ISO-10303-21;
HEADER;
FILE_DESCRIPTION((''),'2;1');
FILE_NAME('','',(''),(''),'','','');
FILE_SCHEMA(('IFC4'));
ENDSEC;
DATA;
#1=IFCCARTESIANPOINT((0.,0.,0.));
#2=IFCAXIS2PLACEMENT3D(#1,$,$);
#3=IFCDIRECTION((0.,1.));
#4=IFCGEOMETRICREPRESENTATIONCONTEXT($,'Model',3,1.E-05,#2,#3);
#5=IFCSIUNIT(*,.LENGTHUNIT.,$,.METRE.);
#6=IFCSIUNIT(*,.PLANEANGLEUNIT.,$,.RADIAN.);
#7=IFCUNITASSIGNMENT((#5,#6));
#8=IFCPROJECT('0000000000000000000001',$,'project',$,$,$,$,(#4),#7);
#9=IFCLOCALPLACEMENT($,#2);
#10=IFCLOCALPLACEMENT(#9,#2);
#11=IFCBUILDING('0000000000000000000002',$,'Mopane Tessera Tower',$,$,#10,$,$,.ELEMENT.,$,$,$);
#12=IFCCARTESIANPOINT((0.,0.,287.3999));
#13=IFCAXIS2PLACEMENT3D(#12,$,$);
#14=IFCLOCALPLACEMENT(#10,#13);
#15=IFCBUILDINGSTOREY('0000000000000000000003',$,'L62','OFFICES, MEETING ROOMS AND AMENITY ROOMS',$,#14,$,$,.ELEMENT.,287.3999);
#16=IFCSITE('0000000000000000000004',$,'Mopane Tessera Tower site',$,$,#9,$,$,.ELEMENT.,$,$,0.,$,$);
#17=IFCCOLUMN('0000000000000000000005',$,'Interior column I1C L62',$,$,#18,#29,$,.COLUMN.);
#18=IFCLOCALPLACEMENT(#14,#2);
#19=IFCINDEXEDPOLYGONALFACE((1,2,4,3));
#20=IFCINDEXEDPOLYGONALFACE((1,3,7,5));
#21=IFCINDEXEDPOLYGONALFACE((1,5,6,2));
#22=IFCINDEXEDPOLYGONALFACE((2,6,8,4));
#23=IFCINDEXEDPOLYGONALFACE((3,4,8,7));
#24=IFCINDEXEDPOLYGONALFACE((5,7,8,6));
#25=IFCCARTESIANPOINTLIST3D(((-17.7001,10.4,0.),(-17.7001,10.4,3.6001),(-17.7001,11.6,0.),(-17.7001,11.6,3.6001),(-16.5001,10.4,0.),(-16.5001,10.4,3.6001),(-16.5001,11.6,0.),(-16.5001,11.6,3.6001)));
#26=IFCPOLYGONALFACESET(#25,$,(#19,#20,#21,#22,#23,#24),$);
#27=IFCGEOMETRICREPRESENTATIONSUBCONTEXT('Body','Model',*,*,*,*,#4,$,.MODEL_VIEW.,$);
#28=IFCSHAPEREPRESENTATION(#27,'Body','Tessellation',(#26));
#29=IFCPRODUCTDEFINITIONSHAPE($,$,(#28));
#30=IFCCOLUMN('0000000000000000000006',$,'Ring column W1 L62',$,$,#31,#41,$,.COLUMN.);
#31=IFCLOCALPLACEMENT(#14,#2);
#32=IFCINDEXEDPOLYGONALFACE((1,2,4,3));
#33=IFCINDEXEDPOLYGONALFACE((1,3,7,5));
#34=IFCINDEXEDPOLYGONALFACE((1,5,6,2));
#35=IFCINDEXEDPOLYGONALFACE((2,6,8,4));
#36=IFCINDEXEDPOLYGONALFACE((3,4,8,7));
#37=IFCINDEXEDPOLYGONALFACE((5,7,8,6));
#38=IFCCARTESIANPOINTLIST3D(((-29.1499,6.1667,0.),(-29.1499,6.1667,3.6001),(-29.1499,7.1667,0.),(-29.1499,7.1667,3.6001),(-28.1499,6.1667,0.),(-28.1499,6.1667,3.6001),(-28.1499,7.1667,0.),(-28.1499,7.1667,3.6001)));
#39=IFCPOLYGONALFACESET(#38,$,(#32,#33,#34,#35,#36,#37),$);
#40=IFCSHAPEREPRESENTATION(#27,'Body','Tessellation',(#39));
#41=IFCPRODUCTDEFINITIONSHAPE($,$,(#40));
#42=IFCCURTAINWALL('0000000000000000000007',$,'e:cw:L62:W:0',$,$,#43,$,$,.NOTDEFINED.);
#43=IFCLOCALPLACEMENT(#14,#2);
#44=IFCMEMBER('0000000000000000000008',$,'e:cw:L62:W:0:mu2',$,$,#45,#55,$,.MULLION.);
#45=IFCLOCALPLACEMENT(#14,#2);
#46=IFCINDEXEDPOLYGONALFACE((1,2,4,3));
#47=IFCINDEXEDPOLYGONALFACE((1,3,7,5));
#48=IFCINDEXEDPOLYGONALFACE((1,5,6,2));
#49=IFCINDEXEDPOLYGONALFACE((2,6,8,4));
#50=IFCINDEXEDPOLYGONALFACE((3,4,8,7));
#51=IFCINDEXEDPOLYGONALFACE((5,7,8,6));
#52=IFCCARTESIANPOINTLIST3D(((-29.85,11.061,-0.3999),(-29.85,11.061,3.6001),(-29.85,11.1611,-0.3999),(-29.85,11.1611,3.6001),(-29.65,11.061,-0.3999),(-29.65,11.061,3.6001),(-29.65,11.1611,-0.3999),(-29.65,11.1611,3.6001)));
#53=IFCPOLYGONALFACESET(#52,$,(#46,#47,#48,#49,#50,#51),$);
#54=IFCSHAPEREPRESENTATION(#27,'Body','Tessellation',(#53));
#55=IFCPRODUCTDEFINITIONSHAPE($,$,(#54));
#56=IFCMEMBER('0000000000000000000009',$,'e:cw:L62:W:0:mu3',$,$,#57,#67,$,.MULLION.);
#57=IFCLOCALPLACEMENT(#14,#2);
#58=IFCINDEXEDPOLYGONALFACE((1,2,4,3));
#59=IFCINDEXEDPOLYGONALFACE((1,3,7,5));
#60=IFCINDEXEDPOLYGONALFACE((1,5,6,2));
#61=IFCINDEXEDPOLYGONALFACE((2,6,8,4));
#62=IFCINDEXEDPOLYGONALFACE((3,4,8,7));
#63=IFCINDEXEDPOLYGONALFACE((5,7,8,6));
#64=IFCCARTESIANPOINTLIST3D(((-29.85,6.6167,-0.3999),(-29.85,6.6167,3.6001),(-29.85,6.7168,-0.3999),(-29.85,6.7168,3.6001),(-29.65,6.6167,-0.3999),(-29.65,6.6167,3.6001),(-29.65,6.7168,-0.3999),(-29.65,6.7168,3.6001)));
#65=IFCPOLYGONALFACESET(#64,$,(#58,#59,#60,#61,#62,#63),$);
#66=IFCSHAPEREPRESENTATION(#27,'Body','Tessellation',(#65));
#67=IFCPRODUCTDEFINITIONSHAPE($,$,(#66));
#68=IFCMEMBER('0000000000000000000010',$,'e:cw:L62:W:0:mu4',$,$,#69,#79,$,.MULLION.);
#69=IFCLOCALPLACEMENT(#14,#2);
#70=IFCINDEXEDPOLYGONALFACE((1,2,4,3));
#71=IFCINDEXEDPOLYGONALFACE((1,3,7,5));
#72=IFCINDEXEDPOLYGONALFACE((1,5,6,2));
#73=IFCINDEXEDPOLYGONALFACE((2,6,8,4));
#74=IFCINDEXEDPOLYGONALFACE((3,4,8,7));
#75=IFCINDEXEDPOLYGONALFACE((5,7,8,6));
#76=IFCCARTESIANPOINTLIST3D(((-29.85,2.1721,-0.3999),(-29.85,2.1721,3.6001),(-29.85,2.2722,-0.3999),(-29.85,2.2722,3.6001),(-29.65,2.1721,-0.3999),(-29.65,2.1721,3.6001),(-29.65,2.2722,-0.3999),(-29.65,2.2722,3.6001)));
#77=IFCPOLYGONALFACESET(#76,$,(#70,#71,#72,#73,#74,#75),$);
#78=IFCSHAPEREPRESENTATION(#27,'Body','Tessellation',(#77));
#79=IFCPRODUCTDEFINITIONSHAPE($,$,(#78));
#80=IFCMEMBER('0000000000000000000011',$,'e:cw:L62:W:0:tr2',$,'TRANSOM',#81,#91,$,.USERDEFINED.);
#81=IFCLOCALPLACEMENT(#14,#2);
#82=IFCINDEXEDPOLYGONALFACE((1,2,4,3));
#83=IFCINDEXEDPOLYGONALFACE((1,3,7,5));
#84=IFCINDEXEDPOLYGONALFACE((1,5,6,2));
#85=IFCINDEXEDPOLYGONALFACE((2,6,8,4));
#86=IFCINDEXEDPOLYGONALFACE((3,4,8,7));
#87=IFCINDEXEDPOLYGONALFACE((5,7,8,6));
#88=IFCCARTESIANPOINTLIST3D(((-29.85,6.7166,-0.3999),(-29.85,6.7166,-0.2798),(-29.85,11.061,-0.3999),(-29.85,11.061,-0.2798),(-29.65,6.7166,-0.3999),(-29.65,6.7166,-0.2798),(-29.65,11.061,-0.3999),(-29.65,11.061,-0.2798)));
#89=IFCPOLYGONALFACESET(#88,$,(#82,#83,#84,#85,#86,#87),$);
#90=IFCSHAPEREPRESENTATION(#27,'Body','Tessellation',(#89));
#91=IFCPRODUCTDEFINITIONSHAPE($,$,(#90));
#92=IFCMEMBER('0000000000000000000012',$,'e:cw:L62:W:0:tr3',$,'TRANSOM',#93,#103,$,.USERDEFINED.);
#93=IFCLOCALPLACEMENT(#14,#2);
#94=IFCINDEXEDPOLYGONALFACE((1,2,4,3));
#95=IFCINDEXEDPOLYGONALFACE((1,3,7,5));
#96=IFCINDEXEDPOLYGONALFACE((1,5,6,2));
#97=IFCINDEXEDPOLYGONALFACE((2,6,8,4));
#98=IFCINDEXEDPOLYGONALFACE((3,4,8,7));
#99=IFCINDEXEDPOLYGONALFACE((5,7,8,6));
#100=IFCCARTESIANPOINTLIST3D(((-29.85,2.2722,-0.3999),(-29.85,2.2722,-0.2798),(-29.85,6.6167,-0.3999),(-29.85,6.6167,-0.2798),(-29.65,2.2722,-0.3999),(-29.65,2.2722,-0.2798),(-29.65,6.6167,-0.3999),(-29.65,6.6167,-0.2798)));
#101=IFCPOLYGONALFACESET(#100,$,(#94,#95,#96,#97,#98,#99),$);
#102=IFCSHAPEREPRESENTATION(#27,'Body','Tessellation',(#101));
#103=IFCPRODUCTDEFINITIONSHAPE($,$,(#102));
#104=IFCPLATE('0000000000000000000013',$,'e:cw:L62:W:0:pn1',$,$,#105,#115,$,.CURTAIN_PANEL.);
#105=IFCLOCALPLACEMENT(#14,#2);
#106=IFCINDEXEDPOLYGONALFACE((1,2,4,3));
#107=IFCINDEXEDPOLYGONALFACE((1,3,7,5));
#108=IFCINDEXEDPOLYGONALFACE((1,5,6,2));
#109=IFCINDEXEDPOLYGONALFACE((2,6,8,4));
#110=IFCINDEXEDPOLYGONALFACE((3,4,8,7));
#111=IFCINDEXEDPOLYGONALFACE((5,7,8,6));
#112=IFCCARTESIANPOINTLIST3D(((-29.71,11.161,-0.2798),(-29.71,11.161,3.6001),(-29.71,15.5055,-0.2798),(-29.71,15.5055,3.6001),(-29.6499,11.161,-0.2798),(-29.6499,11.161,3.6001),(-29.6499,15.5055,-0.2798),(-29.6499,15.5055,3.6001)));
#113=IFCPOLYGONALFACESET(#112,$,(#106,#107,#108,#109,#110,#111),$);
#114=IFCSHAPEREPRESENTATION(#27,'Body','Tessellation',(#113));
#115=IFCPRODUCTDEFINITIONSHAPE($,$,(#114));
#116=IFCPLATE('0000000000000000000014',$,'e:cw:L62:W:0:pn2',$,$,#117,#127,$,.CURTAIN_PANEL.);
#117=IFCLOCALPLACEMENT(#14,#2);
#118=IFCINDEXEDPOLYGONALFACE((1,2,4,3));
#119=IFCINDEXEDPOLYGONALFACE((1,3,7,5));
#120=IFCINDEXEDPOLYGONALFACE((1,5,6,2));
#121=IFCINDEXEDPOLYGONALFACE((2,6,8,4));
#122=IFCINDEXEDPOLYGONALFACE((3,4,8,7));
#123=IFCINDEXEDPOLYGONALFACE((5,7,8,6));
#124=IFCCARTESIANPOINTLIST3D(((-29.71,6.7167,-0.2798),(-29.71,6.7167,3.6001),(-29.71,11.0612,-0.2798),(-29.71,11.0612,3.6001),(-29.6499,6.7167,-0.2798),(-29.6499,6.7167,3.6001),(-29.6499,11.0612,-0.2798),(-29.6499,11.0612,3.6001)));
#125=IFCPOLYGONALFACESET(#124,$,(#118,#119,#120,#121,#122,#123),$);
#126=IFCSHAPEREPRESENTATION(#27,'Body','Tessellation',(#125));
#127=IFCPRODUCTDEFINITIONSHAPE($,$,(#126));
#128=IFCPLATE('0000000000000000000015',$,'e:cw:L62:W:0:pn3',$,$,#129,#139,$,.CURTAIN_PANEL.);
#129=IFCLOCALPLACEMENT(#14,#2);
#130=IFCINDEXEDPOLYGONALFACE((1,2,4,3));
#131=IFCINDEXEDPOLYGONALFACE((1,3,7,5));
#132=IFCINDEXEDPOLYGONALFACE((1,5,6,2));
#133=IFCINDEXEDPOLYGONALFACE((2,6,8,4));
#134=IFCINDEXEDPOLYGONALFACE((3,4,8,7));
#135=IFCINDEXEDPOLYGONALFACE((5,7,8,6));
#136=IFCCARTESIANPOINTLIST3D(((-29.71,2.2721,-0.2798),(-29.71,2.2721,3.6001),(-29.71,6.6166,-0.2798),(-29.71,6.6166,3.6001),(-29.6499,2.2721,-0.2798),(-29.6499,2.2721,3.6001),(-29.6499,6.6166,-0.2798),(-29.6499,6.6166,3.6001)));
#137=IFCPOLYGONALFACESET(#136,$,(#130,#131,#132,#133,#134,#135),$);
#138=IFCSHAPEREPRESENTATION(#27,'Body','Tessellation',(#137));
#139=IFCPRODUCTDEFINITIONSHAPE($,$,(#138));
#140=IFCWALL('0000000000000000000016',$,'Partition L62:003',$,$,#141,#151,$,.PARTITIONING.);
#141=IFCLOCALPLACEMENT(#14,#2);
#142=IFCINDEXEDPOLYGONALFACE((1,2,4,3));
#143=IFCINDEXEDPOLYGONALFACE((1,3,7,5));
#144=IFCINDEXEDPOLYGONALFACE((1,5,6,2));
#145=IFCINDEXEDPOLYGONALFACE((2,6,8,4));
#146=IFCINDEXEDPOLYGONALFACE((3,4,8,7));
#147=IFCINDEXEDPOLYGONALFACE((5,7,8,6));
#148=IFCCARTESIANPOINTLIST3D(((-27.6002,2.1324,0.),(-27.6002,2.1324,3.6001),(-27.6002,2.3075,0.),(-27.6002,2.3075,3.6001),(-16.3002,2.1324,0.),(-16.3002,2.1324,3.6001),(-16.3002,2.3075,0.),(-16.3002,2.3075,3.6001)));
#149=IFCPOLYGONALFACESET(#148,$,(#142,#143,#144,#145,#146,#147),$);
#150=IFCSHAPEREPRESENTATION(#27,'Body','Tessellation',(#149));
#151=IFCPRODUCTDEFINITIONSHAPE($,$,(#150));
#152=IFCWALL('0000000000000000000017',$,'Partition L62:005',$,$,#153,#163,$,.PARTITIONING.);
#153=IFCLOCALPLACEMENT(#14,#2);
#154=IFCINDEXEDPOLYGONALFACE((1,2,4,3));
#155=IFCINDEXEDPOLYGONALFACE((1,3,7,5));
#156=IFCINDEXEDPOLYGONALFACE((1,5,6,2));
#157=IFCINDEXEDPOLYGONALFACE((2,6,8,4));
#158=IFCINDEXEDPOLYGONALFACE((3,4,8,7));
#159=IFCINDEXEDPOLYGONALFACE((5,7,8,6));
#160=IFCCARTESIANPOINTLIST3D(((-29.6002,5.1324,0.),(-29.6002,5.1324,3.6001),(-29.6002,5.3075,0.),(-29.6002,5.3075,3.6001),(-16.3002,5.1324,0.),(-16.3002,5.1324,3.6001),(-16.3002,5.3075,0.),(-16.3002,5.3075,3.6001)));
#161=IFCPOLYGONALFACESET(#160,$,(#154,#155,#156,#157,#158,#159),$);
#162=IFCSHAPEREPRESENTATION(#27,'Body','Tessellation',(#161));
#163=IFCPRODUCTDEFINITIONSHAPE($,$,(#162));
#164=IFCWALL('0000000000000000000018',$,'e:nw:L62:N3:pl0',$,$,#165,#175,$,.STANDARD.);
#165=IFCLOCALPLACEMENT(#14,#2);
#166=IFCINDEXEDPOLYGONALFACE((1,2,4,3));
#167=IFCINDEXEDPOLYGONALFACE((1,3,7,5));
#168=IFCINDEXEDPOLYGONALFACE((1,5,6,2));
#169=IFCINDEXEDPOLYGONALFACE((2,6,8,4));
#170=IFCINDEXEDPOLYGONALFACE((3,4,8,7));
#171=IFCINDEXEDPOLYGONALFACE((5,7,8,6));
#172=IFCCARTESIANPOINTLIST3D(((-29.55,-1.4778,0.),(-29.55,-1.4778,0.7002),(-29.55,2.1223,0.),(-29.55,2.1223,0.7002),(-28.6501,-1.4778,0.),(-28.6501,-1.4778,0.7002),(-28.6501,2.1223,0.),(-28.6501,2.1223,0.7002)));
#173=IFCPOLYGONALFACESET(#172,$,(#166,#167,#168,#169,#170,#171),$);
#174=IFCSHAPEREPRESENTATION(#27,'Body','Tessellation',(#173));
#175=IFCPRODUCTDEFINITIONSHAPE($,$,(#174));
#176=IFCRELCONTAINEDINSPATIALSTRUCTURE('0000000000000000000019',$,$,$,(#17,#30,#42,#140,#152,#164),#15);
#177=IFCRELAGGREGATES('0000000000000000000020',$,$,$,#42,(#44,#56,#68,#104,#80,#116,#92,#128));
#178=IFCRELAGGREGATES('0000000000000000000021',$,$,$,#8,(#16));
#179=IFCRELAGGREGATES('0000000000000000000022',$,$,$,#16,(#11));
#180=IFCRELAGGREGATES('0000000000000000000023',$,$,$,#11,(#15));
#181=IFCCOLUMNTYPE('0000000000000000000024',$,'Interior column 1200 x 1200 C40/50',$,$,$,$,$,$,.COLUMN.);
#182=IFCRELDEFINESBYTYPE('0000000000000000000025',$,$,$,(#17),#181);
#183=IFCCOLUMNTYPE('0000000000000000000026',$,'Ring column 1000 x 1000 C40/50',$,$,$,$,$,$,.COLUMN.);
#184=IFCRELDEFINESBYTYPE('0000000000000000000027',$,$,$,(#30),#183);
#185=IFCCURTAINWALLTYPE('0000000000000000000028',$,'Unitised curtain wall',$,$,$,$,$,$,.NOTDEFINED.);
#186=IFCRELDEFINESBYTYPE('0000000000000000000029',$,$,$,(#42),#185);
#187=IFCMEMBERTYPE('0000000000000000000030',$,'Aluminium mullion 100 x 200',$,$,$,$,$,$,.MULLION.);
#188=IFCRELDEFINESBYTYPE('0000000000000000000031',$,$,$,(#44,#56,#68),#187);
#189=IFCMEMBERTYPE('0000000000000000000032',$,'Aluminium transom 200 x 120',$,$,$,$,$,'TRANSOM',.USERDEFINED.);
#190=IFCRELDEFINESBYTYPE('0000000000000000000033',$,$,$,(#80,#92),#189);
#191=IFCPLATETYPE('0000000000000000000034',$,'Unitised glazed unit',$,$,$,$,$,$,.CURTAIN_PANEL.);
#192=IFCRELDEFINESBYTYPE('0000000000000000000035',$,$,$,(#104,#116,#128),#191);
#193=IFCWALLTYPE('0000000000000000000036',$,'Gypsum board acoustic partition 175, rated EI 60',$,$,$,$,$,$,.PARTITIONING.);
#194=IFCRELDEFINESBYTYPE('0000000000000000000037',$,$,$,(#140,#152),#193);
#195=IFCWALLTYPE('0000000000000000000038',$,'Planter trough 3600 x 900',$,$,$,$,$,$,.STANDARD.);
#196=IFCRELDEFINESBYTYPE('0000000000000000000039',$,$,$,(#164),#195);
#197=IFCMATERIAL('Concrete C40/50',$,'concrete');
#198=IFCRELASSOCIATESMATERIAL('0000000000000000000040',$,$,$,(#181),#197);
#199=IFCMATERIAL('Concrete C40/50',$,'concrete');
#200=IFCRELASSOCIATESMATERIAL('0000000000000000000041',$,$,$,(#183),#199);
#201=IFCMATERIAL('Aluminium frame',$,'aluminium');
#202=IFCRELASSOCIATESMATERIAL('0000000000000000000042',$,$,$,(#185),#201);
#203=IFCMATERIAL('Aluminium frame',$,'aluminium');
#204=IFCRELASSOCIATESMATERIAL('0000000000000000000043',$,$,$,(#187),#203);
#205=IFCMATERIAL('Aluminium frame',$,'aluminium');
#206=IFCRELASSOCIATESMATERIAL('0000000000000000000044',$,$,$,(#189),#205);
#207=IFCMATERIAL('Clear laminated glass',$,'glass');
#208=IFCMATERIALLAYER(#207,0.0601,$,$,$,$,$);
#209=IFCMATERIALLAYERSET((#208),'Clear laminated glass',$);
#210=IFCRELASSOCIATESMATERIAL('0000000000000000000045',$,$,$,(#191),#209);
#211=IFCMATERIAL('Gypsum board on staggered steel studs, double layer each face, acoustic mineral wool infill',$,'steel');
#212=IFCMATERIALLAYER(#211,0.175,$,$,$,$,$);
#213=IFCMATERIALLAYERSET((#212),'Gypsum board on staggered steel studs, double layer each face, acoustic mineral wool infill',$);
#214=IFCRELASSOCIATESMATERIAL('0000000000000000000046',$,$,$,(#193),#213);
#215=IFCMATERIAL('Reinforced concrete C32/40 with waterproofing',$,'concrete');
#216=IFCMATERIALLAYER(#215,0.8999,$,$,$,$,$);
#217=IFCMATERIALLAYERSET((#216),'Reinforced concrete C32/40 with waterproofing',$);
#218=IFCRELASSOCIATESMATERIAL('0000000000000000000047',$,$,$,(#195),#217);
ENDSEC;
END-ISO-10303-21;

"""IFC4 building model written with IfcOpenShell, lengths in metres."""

from ifc_helpers import new_model, si_unit, direction, frame, frame_2d, origin, origin_2d, place, context, subcontext, project, spatial, rectangle, extrude, material, layer, layer_set, material_profile, profile_set, type_object, element, aggregate, save


model = new_model("IFC4")

# Units and contexts
model_context = context("Model", 3, precision=1e-05, world=origin(), true_north=direction((0.0, 1.0)))
body_context = subcontext(model_context, "Body", "Model", "MODEL_VIEW")
ifc_project = project(units=[si_unit("LENGTHUNIT", "METRE"), si_unit("PLANEANGLEUNIT", "RADIAN")], contexts=[model_context])

# Site, building, storey
site_placement = place(None, origin())
site = spatial("IfcSite", under=ifc_project, at=site_placement, Name="Mopane Tessera Tower site", CompositionType="ELEMENT", RefElevation=0.0)
building_placement = place(site_placement, origin())
building = spatial("IfcBuilding", under=site, at=building_placement, Name="Mopane Tessera Tower", CompositionType="ELEMENT")
storey_placement = place(building_placement, frame((0.0, 0.0, 287.3999)))
storey = spatial("IfcBuildingStorey", under=building, at=storey_placement, Name="L62", Description="OFFICES, MEETING ROOMS AND AMENITY ROOMS", CompositionType="ELEMENT", Elevation=287.3999)

# Columns
ifc_material_1 = material(Name="Concrete C40/50", Category="concrete")
ifc_material_profile_1 = material_profile(ifc_material_1, rectangle(XDim=1.2, YDim=1.2, at=origin_2d()))
ifc_profile_set_1 = profile_set([ifc_material_profile_1], Name="Concrete C40/50")
column_type_1 = type_object("IfcColumnType", Name="Interior column 1200 x 1200 C40/50", PredefinedType="COLUMN", material=ifc_profile_set_1)
column_1_placement = place(storey_placement, frame((-17.1001, 11.0, 0.0), z_axis=(0.0, 0.0, 1.0), x_axis=(1.0, 0.0, 0.0)))
element("IfcColumn", 1, at=column_1_placement, inside=storey, type_object=column_type_1, Name="Interior column I1C L62", PredefinedType="COLUMN", context=body_context, shape_type="SweptSolid", body=[
    extrude(rectangle(XDim=1.2, YDim=1.2, at=origin_2d()), origin(), (0.0, 0.0, 1.0), 3.6001),
])
ifc_material_2 = material(Name="Concrete C40/50", Category="concrete")
ifc_material_profile_2 = material_profile(ifc_material_2, rectangle(XDim=1.0, YDim=1.0, at=origin_2d()))
ifc_profile_set_2 = profile_set([ifc_material_profile_2], Name="Concrete C40/50")
column_type_2 = type_object("IfcColumnType", Name="Ring column 1000 x 1000 C40/50", PredefinedType="COLUMN", material=ifc_profile_set_2)
column_2_placement = place(storey_placement, frame((-28.6499, 6.6667, 0.0), z_axis=(0.0, 0.0, 1.0), x_axis=(1.0, 0.0, 0.0)))
element("IfcColumn", 2, at=column_2_placement, inside=storey, type_object=column_type_2, Name="Ring column W1 L62", PredefinedType="COLUMN", context=body_context, shape_type="SweptSolid", body=[
    extrude(rectangle(XDim=1.0, YDim=1.0, at=origin_2d()), origin(), (0.0, 0.0, 1.0), 3.6001),
])

# Curtain wall, members, plates
ifc_material_3 = material(Name="Aluminium frame", Category="aluminium")
curtain_wall_type = type_object("IfcCurtainWallType", Name="Unitised curtain wall", PredefinedType="NOTDEFINED", material=ifc_material_3)
curtain_wall_placement = place(storey_placement, origin())
curtain_wall = element("IfcCurtainWall", 3, at=curtain_wall_placement, inside=storey, type_object=curtain_wall_type, Name="e:cw:L62:W:0", PredefinedType="NOTDEFINED")
ifc_material_4 = material(Name="Aluminium frame", Category="aluminium")
ifc_material_profile_3 = material_profile(ifc_material_4, rectangle(XDim=0.1001, YDim=0.2, at=origin_2d()))
ifc_profile_set_3 = profile_set([ifc_material_profile_3], Name="Aluminium frame")
member_type_1 = type_object("IfcMemberType", Name="Aluminium mullion 100 x 200", PredefinedType="MULLION", material=ifc_profile_set_3)
member_1_placement = place(storey_placement, frame((-29.75, 11.1111, -0.3999), z_axis=(0.0, 0.0, 1.0), x_axis=(0.0, -1.0, 0.0)))
member_1 = element("IfcMember", 4, at=member_1_placement, type_object=member_type_1, Name="e:cw:L62:W:0:mu2", PredefinedType="MULLION", context=body_context, shape_type="SweptSolid", body=[
    extrude(rectangle(XDim=0.1001, YDim=0.2, at=origin_2d()), origin(), (0.0, 0.0, 1.0), 4.0),
])
member_2_placement = place(storey_placement, frame((-29.75, 6.6667, -0.3999), z_axis=(0.0, 0.0, 1.0), x_axis=(0.0, -1.0, 0.0)))
member_2 = element("IfcMember", 5, at=member_2_placement, type_object=member_type_1, Name="e:cw:L62:W:0:mu3", PredefinedType="MULLION", context=body_context, shape_type="SweptSolid", body=[
    extrude(rectangle(XDim=0.1001, YDim=0.2, at=origin_2d()), origin(), (0.0, 0.0, 1.0), 4.0),
])
member_3_placement = place(storey_placement, frame((-29.75, 2.2222, -0.3999), z_axis=(0.0, 0.0, 1.0), x_axis=(0.0, -1.0, 0.0)))
member_3 = element("IfcMember", 6, at=member_3_placement, type_object=member_type_1, Name="e:cw:L62:W:0:mu4", PredefinedType="MULLION", context=body_context, shape_type="SweptSolid", body=[
    extrude(rectangle(XDim=0.1001, YDim=0.2, at=origin_2d()), origin(), (0.0, 0.0, 1.0), 4.0),
])
ifc_material_5 = material(Name="Aluminium frame", Category="aluminium")
ifc_material_profile_4 = material_profile(ifc_material_5, rectangle(XDim=0.2, YDim=0.1201, at=origin_2d()))
ifc_profile_set_4 = profile_set([ifc_material_profile_4], Name="Aluminium frame")
member_type_2 = type_object("IfcMemberType", Name="Aluminium transom 200 x 120", ElementType="TRANSOM", PredefinedType="USERDEFINED", material=ifc_profile_set_4)
member_4_placement = place(storey_placement, frame((-29.75, 11.061, -0.3398), z_axis=(0.0, -1.0, 0.0), x_axis=(1.0, 0.0, 0.0)))
member_4 = element("IfcMember", 7, at=member_4_placement, type_object=member_type_2, Name="e:cw:L62:W:0:tr2", ObjectType="TRANSOM", PredefinedType="USERDEFINED", context=body_context, shape_type="SweptSolid", body=[
    extrude(rectangle(XDim=0.2, YDim=0.1201, at=origin_2d()), origin(), (0.0, 0.0, 1.0), 4.3445),
])
member_5_placement = place(storey_placement, frame((-29.75, 6.6167, -0.3398), z_axis=(0.0, -1.0, 0.0), x_axis=(1.0, 0.0, 0.0)))
member_5 = element("IfcMember", 8, at=member_5_placement, type_object=member_type_2, Name="e:cw:L62:W:0:tr3", ObjectType="TRANSOM", PredefinedType="USERDEFINED", context=body_context, shape_type="SweptSolid", body=[
    extrude(rectangle(XDim=0.2, YDim=0.1201, at=origin_2d()), origin(), (0.0, 0.0, 1.0), 4.3445),
])
ifc_material_6 = material(Name="Clear laminated glass", Category="glass")
ifc_layer_1 = layer(ifc_material_6, 0.0601)
ifc_layer_set_1 = layer_set([ifc_layer_1], Name="Clear laminated glass")
plate_type = type_object("IfcPlateType", Name="Unitised glazed unit", PredefinedType="CURTAIN_PANEL", material=ifc_layer_set_1)
plate_1_placement = place(storey_placement, frame((-29.6799, 13.3333, -0.2798), z_axis=(0.0, 0.0, 1.0), x_axis=(0.0, -1.0, 0.0)))
plate_1 = element("IfcPlate", 9, at=plate_1_placement, type_object=plate_type, Name="e:cw:L62:W:0:pn1", PredefinedType="CURTAIN_PANEL", context=body_context, shape_type="SweptSolid", body=[
    extrude(rectangle(XDim=4.3445, YDim=0.0601, at=origin_2d()), origin(), (0.0, 0.0, 1.0), 3.8799),
])
plate_2_placement = place(storey_placement, frame((-29.6799, 8.8889, -0.2798), z_axis=(0.0, 0.0, 1.0), x_axis=(0.0, -1.0, 0.0)))
plate_2 = element("IfcPlate", 10, at=plate_2_placement, type_object=plate_type, Name="e:cw:L62:W:0:pn2", PredefinedType="CURTAIN_PANEL", context=body_context, shape_type="SweptSolid", body=[
    extrude(rectangle(XDim=4.3445, YDim=0.0601, at=origin_2d()), origin(), (0.0, 0.0, 1.0), 3.8799),
])
plate_3_placement = place(storey_placement, frame((-29.6799, 4.4443, -0.2798), z_axis=(0.0, 0.0, 1.0), x_axis=(0.0, -1.0, 0.0)))
plate_3 = element("IfcPlate", 11, at=plate_3_placement, type_object=plate_type, Name="e:cw:L62:W:0:pn3", PredefinedType="CURTAIN_PANEL", context=body_context, shape_type="SweptSolid", body=[
    extrude(rectangle(XDim=4.3445, YDim=0.0601, at=origin_2d()), origin(), (0.0, 0.0, 1.0), 3.8799),
])
aggregate(curtain_wall, [member_1, member_2, member_3, plate_1, member_4, plate_2, member_5, plate_3])

# Walls
ifc_material_7 = material(Name="Gypsum board on staggered steel studs, double layer each face, acoustic mineral wool infill", Category="steel")
ifc_layer_2 = layer(ifc_material_7, 0.175)
ifc_layer_set_2 = layer_set([ifc_layer_2], Name="Gypsum board on staggered steel studs, double layer each face, acoustic mineral wool infill")
wall_type_1 = type_object("IfcWallType", Name="Gypsum board acoustic partition 175, rated EI 60", PredefinedType="PARTITIONING", material=ifc_layer_set_2)
wall_1_placement = place(storey_placement, frame((-27.6001, 2.22, 0.0), z_axis=(0.0, 0.0, 1.0), x_axis=(1.0, 0.0, 0.0)))
element("IfcWall", 12, at=wall_1_placement, inside=storey, type_object=wall_type_1, Name="Partition L62:003", PredefinedType="PARTITIONING", context=body_context, shape_type="SweptSolid", body=[
    extrude(rectangle(XDim=11.3, YDim=0.175, at=frame_2d((5.6499, 0.0))), origin(), (0.0, 0.0, 1.0), 3.6001),
])
wall_2_placement = place(storey_placement, frame((-29.6001, 5.22, 0.0), z_axis=(0.0, 0.0, 1.0), x_axis=(1.0, 0.0, 0.0)))
element("IfcWall", 13, at=wall_2_placement, inside=storey, type_object=wall_type_1, Name="Partition L62:005", PredefinedType="PARTITIONING", context=body_context, shape_type="SweptSolid", body=[
    extrude(rectangle(XDim=13.3, YDim=0.175, at=frame_2d((6.6499, 0.0))), origin(), (0.0, 0.0, 1.0), 3.6001),
])
ifc_material_8 = material(Name="Reinforced concrete C32/40 with waterproofing", Category="concrete")
ifc_layer_3 = layer(ifc_material_8, 0.8999)
ifc_layer_set_3 = layer_set([ifc_layer_3], Name="Reinforced concrete C32/40 with waterproofing")
wall_type_2 = type_object("IfcWallType", Name="Planter trough 3600 x 900", PredefinedType="STANDARD", material=ifc_layer_set_3)
wall_3_placement = place(storey_placement, frame((-29.1001, 2.1223, 0.0), z_axis=(0.0, 0.0, 1.0), x_axis=(0.0, -1.0, 0.0)))
element("IfcWall", 14, at=wall_3_placement, inside=storey, type_object=wall_type_2, Name="e:nw:L62:N3:pl0", PredefinedType="STANDARD", context=body_context, shape_type="SweptSolid", body=[
    extrude(rectangle(XDim=3.6001, YDim=0.8999, at=frame_2d((1.8, 0.0))), origin(), (0.0, 0.0, 1.0), 0.7002),
])

save(model, "model.ifc")
